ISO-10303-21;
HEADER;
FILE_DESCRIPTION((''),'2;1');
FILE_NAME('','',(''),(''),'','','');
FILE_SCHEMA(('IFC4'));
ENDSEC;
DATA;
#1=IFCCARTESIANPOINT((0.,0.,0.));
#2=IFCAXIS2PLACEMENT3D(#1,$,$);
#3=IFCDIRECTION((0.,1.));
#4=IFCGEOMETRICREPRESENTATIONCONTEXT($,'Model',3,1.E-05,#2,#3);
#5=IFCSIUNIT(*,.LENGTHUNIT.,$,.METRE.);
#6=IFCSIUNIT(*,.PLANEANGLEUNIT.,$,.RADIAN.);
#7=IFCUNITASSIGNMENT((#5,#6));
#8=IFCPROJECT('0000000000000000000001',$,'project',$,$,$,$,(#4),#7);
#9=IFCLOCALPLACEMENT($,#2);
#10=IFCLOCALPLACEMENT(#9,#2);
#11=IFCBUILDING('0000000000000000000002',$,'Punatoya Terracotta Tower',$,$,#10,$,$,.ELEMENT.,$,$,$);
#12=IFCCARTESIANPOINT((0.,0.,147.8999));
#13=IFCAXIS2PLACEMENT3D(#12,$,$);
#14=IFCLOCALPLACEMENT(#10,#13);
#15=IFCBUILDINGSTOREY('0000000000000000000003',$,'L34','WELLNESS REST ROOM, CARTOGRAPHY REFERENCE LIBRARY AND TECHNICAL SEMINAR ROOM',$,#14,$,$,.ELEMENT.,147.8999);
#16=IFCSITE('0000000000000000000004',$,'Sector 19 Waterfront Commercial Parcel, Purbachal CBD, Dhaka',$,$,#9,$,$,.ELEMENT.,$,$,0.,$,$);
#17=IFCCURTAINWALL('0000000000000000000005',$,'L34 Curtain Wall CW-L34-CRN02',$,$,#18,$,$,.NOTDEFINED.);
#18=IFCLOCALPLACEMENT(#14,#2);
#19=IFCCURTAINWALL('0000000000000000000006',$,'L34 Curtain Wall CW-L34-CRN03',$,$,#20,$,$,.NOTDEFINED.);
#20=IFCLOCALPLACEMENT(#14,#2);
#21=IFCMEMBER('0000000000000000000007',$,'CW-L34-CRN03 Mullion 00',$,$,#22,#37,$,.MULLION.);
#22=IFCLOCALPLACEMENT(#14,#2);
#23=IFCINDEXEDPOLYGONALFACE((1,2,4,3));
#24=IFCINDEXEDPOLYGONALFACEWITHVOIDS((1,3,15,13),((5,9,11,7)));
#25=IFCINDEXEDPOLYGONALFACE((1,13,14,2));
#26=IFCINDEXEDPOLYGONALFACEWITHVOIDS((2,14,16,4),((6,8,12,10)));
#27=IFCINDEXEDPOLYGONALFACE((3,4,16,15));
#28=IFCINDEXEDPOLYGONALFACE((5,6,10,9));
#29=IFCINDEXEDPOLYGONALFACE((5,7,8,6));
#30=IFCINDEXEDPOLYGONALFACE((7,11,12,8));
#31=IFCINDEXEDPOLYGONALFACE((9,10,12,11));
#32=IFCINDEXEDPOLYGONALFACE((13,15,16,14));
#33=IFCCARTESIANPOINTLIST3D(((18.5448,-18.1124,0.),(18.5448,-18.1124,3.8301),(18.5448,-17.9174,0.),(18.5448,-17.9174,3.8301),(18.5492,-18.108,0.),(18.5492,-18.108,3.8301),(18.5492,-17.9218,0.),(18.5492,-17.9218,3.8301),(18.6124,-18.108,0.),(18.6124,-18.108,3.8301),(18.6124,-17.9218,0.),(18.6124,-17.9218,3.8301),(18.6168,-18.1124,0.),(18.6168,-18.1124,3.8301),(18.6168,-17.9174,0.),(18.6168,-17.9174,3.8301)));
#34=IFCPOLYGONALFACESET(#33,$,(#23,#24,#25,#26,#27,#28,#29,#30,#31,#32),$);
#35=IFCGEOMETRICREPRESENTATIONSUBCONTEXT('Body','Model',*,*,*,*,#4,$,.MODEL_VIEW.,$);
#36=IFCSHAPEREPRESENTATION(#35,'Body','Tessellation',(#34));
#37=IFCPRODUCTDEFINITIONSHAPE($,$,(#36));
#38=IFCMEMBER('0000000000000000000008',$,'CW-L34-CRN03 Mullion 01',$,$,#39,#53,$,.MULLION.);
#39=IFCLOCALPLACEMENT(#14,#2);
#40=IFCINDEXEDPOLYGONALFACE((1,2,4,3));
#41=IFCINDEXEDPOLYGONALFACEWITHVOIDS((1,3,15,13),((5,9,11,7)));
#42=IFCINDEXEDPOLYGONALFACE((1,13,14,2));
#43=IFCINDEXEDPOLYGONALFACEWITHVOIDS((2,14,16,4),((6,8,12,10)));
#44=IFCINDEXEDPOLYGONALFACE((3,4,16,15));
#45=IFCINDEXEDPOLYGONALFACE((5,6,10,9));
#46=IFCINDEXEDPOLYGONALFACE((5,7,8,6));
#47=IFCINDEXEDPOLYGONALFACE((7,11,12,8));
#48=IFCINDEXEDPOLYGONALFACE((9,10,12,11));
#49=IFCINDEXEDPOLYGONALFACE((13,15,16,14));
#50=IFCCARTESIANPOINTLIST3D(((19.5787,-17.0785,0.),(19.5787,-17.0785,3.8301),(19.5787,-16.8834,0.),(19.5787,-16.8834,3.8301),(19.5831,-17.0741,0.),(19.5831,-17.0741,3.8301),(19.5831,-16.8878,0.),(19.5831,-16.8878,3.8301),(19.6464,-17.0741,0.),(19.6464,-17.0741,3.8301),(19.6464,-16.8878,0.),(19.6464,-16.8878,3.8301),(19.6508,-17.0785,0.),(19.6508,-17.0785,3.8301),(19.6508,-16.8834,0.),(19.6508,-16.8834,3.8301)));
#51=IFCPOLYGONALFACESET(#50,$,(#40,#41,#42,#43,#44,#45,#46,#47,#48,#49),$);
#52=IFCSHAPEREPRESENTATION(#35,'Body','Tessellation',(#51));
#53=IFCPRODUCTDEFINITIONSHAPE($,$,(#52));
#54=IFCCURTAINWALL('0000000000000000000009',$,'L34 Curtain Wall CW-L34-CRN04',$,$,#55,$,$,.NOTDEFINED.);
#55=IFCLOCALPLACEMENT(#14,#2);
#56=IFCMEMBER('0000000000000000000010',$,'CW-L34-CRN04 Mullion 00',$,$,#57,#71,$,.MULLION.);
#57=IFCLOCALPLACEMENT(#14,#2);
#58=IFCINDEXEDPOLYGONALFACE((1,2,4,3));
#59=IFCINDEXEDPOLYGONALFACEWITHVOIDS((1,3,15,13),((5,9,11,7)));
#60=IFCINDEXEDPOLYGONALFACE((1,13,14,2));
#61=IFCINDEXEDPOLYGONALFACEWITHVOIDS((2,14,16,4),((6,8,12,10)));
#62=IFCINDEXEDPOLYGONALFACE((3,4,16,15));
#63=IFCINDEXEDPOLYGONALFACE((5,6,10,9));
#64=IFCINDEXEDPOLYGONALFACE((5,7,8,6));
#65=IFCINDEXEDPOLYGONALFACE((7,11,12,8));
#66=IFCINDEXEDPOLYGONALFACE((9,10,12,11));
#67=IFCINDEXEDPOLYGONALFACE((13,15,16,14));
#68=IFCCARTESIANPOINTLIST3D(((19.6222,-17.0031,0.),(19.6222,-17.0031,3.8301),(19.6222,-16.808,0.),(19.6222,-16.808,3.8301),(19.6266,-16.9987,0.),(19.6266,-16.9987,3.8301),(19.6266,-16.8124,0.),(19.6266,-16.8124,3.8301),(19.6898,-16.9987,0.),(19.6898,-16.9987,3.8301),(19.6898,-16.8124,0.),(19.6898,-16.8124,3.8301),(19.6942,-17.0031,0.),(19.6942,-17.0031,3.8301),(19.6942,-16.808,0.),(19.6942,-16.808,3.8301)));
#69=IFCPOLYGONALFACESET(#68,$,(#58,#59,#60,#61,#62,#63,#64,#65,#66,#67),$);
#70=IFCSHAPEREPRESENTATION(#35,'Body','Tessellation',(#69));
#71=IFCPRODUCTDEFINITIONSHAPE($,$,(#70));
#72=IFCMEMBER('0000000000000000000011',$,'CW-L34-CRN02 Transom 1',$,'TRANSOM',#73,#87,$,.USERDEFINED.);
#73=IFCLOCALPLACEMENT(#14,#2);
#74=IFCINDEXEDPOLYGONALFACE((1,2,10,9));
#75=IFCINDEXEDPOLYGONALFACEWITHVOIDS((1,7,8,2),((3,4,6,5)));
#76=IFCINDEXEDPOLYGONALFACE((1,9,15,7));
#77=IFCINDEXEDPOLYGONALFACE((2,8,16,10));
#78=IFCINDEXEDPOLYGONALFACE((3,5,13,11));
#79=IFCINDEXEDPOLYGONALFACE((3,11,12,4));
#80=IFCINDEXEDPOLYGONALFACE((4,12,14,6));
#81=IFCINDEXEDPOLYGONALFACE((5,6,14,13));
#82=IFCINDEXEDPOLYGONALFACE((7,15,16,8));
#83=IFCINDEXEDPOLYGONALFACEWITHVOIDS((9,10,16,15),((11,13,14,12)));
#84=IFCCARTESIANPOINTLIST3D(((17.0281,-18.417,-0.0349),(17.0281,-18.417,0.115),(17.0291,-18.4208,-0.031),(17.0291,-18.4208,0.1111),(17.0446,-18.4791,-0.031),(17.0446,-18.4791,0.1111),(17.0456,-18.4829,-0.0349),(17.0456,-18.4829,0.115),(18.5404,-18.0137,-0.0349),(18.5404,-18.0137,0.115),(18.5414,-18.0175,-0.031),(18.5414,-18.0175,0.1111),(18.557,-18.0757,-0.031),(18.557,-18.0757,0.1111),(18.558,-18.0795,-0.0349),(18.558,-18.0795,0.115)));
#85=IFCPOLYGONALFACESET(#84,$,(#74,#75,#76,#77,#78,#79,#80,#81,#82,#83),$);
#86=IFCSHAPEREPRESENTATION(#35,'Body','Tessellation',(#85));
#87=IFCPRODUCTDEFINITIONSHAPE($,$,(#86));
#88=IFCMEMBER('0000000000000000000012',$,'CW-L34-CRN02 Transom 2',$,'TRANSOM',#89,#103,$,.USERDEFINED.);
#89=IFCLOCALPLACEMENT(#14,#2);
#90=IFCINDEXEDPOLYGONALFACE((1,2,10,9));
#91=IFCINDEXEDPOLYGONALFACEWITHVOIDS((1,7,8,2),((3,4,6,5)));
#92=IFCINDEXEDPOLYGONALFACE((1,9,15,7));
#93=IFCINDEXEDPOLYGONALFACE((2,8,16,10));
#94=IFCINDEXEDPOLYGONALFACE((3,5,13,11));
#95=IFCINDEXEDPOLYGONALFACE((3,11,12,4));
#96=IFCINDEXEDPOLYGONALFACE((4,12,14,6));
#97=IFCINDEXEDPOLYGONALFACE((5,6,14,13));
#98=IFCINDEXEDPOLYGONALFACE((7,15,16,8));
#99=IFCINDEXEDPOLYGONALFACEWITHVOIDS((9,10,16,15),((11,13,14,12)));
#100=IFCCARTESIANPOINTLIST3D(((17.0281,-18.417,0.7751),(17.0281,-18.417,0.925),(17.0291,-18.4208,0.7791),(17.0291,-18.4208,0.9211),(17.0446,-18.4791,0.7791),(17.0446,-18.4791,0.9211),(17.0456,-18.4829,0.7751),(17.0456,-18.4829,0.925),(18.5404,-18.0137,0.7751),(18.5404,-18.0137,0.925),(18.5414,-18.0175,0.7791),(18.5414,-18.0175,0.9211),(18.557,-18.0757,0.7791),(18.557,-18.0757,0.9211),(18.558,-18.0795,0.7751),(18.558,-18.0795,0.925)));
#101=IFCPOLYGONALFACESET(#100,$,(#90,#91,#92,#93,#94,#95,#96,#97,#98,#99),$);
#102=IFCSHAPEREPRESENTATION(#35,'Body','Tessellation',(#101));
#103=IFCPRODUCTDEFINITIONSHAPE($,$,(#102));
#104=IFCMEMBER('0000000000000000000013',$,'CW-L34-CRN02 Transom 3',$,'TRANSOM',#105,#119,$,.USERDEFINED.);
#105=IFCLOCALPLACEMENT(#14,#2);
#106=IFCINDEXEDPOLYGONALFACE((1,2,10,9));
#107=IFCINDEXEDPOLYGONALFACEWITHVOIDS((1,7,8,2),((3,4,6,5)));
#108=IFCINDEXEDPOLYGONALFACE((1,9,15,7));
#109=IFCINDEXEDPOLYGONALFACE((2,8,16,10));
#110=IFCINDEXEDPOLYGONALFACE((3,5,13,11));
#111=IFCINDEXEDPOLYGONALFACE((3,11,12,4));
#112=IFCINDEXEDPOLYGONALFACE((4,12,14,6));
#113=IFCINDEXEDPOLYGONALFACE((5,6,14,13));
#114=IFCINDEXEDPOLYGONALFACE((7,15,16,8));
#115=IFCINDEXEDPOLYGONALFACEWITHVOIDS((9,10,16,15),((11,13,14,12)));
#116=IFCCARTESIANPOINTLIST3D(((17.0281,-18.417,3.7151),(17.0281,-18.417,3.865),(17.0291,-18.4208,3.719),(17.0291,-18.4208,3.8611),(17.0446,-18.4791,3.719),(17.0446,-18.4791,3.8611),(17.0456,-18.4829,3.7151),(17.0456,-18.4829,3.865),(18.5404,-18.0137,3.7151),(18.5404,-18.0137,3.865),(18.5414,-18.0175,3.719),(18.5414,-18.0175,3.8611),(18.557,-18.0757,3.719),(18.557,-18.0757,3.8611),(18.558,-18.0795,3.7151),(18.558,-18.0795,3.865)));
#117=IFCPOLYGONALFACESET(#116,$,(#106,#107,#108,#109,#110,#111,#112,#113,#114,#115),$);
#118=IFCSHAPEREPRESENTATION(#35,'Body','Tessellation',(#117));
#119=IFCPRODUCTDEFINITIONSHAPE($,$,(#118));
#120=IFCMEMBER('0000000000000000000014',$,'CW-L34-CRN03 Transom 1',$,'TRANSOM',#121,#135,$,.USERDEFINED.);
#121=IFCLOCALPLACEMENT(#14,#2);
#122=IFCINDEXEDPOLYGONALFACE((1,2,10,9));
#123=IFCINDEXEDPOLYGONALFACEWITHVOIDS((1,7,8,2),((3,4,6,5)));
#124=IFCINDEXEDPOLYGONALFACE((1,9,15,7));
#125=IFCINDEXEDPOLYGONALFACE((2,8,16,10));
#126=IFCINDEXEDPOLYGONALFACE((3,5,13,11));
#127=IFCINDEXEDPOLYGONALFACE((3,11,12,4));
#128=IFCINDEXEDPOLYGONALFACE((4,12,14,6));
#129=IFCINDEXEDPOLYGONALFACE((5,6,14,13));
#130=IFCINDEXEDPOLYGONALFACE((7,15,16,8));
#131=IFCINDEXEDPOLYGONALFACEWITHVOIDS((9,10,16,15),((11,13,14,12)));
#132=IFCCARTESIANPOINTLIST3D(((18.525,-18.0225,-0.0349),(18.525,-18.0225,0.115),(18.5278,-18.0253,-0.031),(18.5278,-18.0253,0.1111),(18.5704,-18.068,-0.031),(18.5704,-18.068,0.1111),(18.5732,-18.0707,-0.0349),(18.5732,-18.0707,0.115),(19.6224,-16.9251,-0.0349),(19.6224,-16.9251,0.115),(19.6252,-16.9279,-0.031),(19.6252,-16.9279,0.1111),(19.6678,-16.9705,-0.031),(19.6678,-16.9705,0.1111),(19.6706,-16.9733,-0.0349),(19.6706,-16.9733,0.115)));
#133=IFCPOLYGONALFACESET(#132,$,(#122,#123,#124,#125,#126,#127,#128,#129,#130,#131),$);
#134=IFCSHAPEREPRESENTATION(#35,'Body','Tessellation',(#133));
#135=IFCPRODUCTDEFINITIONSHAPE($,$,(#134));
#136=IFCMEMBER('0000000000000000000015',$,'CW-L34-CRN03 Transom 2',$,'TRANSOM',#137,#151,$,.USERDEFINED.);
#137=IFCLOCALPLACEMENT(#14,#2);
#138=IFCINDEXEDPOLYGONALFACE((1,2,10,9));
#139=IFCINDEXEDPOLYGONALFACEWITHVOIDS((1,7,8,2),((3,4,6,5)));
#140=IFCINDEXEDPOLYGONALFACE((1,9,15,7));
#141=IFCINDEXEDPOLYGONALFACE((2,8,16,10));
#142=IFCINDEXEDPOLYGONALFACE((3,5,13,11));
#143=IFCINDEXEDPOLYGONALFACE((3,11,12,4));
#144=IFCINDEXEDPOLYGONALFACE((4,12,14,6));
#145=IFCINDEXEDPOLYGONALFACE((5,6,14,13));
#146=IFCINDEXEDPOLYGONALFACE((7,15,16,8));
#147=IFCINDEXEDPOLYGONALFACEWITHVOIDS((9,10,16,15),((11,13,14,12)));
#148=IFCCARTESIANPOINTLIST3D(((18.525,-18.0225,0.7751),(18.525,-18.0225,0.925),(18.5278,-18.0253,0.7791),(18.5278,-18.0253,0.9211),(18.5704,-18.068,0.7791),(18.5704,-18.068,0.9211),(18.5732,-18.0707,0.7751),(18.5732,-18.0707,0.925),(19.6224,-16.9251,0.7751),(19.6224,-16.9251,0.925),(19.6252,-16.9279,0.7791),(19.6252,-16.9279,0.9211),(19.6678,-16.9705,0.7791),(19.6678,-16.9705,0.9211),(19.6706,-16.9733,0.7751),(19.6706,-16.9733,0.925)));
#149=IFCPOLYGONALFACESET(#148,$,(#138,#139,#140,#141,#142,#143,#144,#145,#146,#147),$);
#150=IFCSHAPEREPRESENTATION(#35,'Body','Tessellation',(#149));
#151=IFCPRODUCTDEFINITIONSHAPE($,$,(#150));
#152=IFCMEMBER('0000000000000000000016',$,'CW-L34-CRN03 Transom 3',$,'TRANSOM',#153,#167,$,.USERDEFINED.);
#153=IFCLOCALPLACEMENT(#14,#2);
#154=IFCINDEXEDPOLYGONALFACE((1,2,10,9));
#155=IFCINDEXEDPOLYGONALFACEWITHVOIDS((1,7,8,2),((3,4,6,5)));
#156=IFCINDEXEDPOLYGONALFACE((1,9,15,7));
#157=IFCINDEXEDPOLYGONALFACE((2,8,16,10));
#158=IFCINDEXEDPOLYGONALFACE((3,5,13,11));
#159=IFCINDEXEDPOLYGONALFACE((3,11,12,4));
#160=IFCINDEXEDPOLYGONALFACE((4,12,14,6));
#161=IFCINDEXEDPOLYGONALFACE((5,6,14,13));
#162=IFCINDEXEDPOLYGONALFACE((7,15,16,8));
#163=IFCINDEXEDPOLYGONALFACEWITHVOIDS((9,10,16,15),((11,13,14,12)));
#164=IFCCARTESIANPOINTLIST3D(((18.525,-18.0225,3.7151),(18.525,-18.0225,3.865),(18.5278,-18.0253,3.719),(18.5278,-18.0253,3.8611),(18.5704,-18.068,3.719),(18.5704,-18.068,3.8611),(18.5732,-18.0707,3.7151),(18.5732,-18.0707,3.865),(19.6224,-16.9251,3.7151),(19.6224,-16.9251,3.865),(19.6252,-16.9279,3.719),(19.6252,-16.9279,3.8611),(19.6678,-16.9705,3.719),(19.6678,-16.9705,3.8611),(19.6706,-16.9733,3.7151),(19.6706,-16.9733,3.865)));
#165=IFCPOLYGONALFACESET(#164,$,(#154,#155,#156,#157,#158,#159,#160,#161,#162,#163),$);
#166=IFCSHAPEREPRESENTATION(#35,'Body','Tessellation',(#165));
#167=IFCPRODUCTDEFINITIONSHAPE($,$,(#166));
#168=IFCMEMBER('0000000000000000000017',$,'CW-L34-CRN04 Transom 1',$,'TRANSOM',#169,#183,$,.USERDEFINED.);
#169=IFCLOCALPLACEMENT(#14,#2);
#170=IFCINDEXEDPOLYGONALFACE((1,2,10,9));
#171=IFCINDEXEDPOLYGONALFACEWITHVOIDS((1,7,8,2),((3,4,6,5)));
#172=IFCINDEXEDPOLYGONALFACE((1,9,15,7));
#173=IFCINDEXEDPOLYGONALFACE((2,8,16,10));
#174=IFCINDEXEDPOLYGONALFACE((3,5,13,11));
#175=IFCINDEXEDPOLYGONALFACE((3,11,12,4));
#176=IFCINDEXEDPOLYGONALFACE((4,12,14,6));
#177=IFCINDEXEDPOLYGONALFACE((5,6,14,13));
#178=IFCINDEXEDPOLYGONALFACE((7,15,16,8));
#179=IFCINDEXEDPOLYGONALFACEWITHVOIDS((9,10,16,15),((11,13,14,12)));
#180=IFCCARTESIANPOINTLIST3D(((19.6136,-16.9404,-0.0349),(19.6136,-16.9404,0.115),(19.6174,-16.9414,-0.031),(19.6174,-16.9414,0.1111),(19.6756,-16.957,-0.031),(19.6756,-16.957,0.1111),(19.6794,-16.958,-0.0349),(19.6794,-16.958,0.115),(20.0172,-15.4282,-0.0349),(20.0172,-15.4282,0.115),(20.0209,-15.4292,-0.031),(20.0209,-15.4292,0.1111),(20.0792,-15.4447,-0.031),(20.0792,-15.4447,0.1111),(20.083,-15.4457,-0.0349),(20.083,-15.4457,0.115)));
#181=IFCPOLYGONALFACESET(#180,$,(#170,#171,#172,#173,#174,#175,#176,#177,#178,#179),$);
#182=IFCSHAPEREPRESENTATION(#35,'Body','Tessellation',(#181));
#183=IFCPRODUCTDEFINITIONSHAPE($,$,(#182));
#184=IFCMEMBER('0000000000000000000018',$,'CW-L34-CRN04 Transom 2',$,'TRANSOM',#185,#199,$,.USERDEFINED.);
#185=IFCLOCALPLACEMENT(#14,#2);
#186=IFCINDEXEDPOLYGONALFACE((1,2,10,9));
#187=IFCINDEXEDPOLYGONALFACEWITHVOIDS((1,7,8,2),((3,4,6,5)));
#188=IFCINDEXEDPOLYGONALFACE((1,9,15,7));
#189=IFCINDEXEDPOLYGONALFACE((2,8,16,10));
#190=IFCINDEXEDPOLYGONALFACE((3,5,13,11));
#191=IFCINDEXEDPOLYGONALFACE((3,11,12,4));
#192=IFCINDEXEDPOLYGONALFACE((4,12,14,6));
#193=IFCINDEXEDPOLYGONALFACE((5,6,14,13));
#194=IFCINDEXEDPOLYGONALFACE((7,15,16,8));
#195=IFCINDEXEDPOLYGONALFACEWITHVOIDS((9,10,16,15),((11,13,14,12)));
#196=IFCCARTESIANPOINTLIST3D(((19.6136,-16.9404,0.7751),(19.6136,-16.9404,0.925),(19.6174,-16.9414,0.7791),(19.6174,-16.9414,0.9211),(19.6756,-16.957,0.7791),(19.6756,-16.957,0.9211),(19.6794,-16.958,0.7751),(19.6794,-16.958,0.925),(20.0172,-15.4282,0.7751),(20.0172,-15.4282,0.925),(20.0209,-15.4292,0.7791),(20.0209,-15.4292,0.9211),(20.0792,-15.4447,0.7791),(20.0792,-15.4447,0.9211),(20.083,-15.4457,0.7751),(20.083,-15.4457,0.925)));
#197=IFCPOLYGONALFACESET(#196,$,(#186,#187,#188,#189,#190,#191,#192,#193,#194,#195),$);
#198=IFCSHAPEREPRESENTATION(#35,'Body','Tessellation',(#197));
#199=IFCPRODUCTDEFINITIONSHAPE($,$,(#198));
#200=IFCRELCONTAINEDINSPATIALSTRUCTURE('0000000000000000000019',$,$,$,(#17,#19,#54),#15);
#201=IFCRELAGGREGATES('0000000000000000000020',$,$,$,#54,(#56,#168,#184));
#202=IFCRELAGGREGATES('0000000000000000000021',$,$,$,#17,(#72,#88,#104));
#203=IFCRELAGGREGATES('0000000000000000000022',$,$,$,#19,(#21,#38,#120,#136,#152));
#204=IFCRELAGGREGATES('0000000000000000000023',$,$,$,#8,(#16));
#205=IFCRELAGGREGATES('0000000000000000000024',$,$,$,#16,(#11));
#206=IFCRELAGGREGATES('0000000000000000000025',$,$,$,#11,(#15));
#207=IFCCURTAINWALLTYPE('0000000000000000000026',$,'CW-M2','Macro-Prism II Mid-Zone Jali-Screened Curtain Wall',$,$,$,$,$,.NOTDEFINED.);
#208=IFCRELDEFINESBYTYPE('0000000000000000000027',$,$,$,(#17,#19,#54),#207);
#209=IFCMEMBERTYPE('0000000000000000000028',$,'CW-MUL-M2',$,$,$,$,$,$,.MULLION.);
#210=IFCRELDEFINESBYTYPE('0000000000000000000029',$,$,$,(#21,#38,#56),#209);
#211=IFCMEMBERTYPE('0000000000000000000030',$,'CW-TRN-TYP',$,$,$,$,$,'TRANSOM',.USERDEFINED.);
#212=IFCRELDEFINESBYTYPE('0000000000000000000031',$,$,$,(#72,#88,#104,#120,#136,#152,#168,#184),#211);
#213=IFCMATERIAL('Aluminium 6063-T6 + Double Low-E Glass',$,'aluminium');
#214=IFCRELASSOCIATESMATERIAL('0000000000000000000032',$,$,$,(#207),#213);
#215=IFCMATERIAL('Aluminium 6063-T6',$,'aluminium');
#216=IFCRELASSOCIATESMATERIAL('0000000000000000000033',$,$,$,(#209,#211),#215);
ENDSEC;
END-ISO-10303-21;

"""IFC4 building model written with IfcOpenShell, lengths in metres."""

from ifc_helpers import new_model, si_unit, direction, frame, origin, origin_2d, place, context, subcontext, project, spatial, hollow_rectangle, extrude, material, material_profile, profile_set, type_object, element, aggregate, save


model = new_model("IFC4")

# Units and contexts
model_context = context("Model", 3, precision=1e-05, world=origin(), true_north=direction((0.0, 1.0)))
body_context = subcontext(model_context, "Body", "Model", "MODEL_VIEW")
ifc_project = project(units=[si_unit("LENGTHUNIT", "METRE"), si_unit("PLANEANGLEUNIT", "RADIAN")], contexts=[model_context])

# Site, building, storey
site_placement = place(None, origin())
site = spatial("IfcSite", under=ifc_project, at=site_placement, Name="Sector 19 Waterfront Commercial Parcel, Purbachal CBD, Dhaka", CompositionType="ELEMENT", RefElevation=0.0)
building_placement = place(site_placement, origin())
building = spatial("IfcBuilding", under=site, at=building_placement, Name="Punatoya Terracotta Tower", CompositionType="ELEMENT")
storey_placement = place(building_placement, frame((0.0, 0.0, 147.8999)))
storey = spatial("IfcBuildingStorey", under=building, at=storey_placement, Name="L34", Description="WELLNESS REST ROOM, CARTOGRAPHY REFERENCE LIBRARY AND TECHNICAL SEMINAR ROOM", CompositionType="ELEMENT", Elevation=147.8999)

# Curtain walls, members
ifc_material_1 = material(Name="Aluminium 6063-T6 + Double Low-E Glass", Category="aluminium")
curtain_wall_type = type_object("IfcCurtainWallType", Name="CW-M2", Description="Macro-Prism II Mid-Zone Jali-Screened Curtain Wall", PredefinedType="NOTDEFINED", material=ifc_material_1)
ifc_material_2 = material(Name="Aluminium 6063-T6", Category="aluminium")
ifc_material_profile_1 = material_profile(ifc_material_2, hollow_rectangle(XDim=0.072, YDim=0.1951, WallThickness=0.0044, at=origin_2d()))
ifc_profile_set_1 = profile_set([ifc_material_profile_1], Name="Aluminium 6063-T6")
member_type_1 = type_object("IfcMemberType", Name="CW-MUL-M2", PredefinedType="MULLION", material=ifc_profile_set_1)
curtain_wall_1_placement = place(storey_placement, origin())
curtain_wall_1 = element("IfcCurtainWall", 1, at=curtain_wall_1_placement, inside=storey, type_object=curtain_wall_type, Name="L34 Curtain Wall CW-L34-CRN02", PredefinedType="NOTDEFINED")
curtain_wall_2_placement = place(storey_placement, origin())
curtain_wall_2 = element("IfcCurtainWall", 2, at=curtain_wall_2_placement, inside=storey, type_object=curtain_wall_type, Name="L34 Curtain Wall CW-L34-CRN03", PredefinedType="NOTDEFINED")
member_1_placement = place(storey_placement, frame((18.5808, -18.0149, 0.0), z_axis=(0.0, 0.0, 1.0), x_axis=(1.0, 0.0, 0.0)))
member_1 = element("IfcMember", 3, at=member_1_placement, type_object=member_type_1, Name="CW-L34-CRN03 Mullion 00", PredefinedType="MULLION", context=body_context, shape_type="SweptSolid", body=[
    extrude(hollow_rectangle(XDim=0.072, YDim=0.1951, WallThickness=0.0044, at=origin_2d()), origin(), (0.0, 0.0, 1.0), 3.8301),
])
member_2_placement = place(storey_placement, frame((19.6147, -16.981, 0.0), z_axis=(0.0, 0.0, 1.0), x_axis=(1.0, 0.0, 0.0)))
member_2 = element("IfcMember", 4, at=member_2_placement, type_object=member_type_1, Name="CW-L34-CRN03 Mullion 01", PredefinedType="MULLION", context=body_context, shape_type="SweptSolid", body=[
    extrude(hollow_rectangle(XDim=0.072, YDim=0.1951, WallThickness=0.0044, at=origin_2d()), origin(), (0.0, 0.0, 1.0), 3.8301),
])

# Curtain wall, member
curtain_wall_3_placement = place(storey_placement, origin())
curtain_wall_3 = element("IfcCurtainWall", 5, at=curtain_wall_3_placement, inside=storey, type_object=curtain_wall_type, Name="L34 Curtain Wall CW-L34-CRN04", PredefinedType="NOTDEFINED")
member_3_placement = place(storey_placement, frame((19.6582, -16.9055, 0.0), z_axis=(0.0, 0.0, 1.0), x_axis=(1.0, 0.0, 0.0)))
member_3 = element("IfcMember", 6, at=member_3_placement, type_object=member_type_1, Name="CW-L34-CRN04 Mullion 00", PredefinedType="MULLION", context=body_context, shape_type="SweptSolid", body=[
    extrude(hollow_rectangle(XDim=0.072, YDim=0.1951, WallThickness=0.0044, at=origin_2d()), origin(), (0.0, 0.0, 1.0), 3.8301),
])

# Members
ifc_material_profile_2 = material_profile(ifc_material_2, hollow_rectangle(XDim=0.0681, YDim=0.1499, WallThickness=0.0039, at=origin_2d()))
ifc_profile_set_2 = profile_set([ifc_material_profile_2], Name="Aluminium 6063-T6")
member_type_2 = type_object("IfcMemberType", Name="CW-TRN-TYP", ElementType="TRANSOM", PredefinedType="USERDEFINED", material=ifc_profile_set_2)
member_4_placement = place(storey_placement, frame((17.0369, -18.45, 0.04), z_axis=(0.966225, 0.257701, 0.0), x_axis=(-0.257701, 0.966225, 0.0)))
member_4 = element("IfcMember", 7, at=member_4_placement, type_object=member_type_2, Name="CW-L34-CRN02 Transom 1", ObjectType="TRANSOM", PredefinedType="USERDEFINED", context=body_context, shape_type="SweptSolid", body=[
    extrude(hollow_rectangle(XDim=0.0681, YDim=0.1499, WallThickness=0.0039, at=origin_2d()), origin(), (0.0, 0.0, 1.0), 1.5652),
])
member_5_placement = place(storey_placement, frame((17.0369, -18.45, 0.8501), z_axis=(0.966225, 0.257701, 0.0), x_axis=(-0.257701, 0.966225, 0.0)))
member_5 = element("IfcMember", 8, at=member_5_placement, type_object=member_type_2, Name="CW-L34-CRN02 Transom 2", ObjectType="TRANSOM", PredefinedType="USERDEFINED", context=body_context, shape_type="SweptSolid", body=[
    extrude(hollow_rectangle(XDim=0.0681, YDim=0.1499, WallThickness=0.0039, at=origin_2d()), origin(), (0.0, 0.0, 1.0), 1.5652),
])
member_6_placement = place(storey_placement, frame((17.0369, -18.45, 3.79), z_axis=(0.966225, 0.257701, 0.0), x_axis=(-0.257701, 0.966225, 0.0)))
member_6 = element("IfcMember", 9, at=member_6_placement, type_object=member_type_2, Name="CW-L34-CRN02 Transom 3", ObjectType="TRANSOM", PredefinedType="USERDEFINED", context=body_context, shape_type="SweptSolid", body=[
    extrude(hollow_rectangle(XDim=0.0681, YDim=0.1499, WallThickness=0.0039, at=origin_2d()), origin(), (0.0, 0.0, 1.0), 1.5652),
])
member_7_placement = place(storey_placement, frame((18.5491, -18.0466, 0.04), z_axis=(0.707107, 0.707107, 0.0), x_axis=(-0.707107, 0.707107, 0.0)))
member_7 = element("IfcMember", 10, at=member_7_placement, type_object=member_type_2, Name="CW-L34-CRN03 Transom 1", ObjectType="TRANSOM", PredefinedType="USERDEFINED", context=body_context, shape_type="SweptSolid", body=[
    extrude(hollow_rectangle(XDim=0.0681, YDim=0.1499, WallThickness=0.0039, at=origin_2d()), origin(), (0.0, 0.0, 1.0), 1.552),
])
member_8_placement = place(storey_placement, frame((18.5491, -18.0466, 0.8501), z_axis=(0.707107, 0.707107, 0.0), x_axis=(-0.707107, 0.707107, 0.0)))
member_8 = element("IfcMember", 11, at=member_8_placement, type_object=member_type_2, Name="CW-L34-CRN03 Transom 2", ObjectType="TRANSOM", PredefinedType="USERDEFINED", context=body_context, shape_type="SweptSolid", body=[
    extrude(hollow_rectangle(XDim=0.0681, YDim=0.1499, WallThickness=0.0039, at=origin_2d()), origin(), (0.0, 0.0, 1.0), 1.552),
])
member_9_placement = place(storey_placement, frame((18.5491, -18.0466, 3.79), z_axis=(0.707107, 0.707107, 0.0), x_axis=(-0.707107, 0.707107, 0.0)))
member_9 = element("IfcMember", 12, at=member_9_placement, type_object=member_type_2, Name="CW-L34-CRN03 Transom 3", ObjectType="TRANSOM", PredefinedType="USERDEFINED", context=body_context, shape_type="SweptSolid", body=[
    extrude(hollow_rectangle(XDim=0.0681, YDim=0.1499, WallThickness=0.0039, at=origin_2d()), origin(), (0.0, 0.0, 1.0), 1.552),
])
member_10_placement = place(storey_placement, frame((19.6465, -16.9492, 0.04), z_axis=(0.257847, 0.966186, 0.0), x_axis=(-0.966186, 0.257847, 0.0)))
member_10 = element("IfcMember", 13, at=member_10_placement, type_object=member_type_2, Name="CW-L34-CRN04 Transom 1", ObjectType="TRANSOM", PredefinedType="USERDEFINED", context=body_context, shape_type="SweptSolid", body=[
    extrude(hollow_rectangle(XDim=0.0681, YDim=0.1499, WallThickness=0.0039, at=origin_2d()), origin(), (0.0, 0.0, 1.0), 1.5652),
])
member_11_placement = place(storey_placement, frame((19.6465, -16.9492, 0.8501), z_axis=(0.257847, 0.966186, 0.0), x_axis=(-0.966186, 0.257847, 0.0)))
member_11 = element("IfcMember", 14, at=member_11_placement, type_object=member_type_2, Name="CW-L34-CRN04 Transom 2", ObjectType="TRANSOM", PredefinedType="USERDEFINED", context=body_context, shape_type="SweptSolid", body=[
    extrude(hollow_rectangle(XDim=0.0681, YDim=0.1499, WallThickness=0.0039, at=origin_2d()), origin(), (0.0, 0.0, 1.0), 1.5652),
])
aggregate(curtain_wall_3, [member_3, member_10, member_11])

aggregate(curtain_wall_1, [member_4, member_5, member_6])
aggregate(curtain_wall_2, [member_1, member_2, member_7, member_8, member_9])

save(model, "model.ifc")
